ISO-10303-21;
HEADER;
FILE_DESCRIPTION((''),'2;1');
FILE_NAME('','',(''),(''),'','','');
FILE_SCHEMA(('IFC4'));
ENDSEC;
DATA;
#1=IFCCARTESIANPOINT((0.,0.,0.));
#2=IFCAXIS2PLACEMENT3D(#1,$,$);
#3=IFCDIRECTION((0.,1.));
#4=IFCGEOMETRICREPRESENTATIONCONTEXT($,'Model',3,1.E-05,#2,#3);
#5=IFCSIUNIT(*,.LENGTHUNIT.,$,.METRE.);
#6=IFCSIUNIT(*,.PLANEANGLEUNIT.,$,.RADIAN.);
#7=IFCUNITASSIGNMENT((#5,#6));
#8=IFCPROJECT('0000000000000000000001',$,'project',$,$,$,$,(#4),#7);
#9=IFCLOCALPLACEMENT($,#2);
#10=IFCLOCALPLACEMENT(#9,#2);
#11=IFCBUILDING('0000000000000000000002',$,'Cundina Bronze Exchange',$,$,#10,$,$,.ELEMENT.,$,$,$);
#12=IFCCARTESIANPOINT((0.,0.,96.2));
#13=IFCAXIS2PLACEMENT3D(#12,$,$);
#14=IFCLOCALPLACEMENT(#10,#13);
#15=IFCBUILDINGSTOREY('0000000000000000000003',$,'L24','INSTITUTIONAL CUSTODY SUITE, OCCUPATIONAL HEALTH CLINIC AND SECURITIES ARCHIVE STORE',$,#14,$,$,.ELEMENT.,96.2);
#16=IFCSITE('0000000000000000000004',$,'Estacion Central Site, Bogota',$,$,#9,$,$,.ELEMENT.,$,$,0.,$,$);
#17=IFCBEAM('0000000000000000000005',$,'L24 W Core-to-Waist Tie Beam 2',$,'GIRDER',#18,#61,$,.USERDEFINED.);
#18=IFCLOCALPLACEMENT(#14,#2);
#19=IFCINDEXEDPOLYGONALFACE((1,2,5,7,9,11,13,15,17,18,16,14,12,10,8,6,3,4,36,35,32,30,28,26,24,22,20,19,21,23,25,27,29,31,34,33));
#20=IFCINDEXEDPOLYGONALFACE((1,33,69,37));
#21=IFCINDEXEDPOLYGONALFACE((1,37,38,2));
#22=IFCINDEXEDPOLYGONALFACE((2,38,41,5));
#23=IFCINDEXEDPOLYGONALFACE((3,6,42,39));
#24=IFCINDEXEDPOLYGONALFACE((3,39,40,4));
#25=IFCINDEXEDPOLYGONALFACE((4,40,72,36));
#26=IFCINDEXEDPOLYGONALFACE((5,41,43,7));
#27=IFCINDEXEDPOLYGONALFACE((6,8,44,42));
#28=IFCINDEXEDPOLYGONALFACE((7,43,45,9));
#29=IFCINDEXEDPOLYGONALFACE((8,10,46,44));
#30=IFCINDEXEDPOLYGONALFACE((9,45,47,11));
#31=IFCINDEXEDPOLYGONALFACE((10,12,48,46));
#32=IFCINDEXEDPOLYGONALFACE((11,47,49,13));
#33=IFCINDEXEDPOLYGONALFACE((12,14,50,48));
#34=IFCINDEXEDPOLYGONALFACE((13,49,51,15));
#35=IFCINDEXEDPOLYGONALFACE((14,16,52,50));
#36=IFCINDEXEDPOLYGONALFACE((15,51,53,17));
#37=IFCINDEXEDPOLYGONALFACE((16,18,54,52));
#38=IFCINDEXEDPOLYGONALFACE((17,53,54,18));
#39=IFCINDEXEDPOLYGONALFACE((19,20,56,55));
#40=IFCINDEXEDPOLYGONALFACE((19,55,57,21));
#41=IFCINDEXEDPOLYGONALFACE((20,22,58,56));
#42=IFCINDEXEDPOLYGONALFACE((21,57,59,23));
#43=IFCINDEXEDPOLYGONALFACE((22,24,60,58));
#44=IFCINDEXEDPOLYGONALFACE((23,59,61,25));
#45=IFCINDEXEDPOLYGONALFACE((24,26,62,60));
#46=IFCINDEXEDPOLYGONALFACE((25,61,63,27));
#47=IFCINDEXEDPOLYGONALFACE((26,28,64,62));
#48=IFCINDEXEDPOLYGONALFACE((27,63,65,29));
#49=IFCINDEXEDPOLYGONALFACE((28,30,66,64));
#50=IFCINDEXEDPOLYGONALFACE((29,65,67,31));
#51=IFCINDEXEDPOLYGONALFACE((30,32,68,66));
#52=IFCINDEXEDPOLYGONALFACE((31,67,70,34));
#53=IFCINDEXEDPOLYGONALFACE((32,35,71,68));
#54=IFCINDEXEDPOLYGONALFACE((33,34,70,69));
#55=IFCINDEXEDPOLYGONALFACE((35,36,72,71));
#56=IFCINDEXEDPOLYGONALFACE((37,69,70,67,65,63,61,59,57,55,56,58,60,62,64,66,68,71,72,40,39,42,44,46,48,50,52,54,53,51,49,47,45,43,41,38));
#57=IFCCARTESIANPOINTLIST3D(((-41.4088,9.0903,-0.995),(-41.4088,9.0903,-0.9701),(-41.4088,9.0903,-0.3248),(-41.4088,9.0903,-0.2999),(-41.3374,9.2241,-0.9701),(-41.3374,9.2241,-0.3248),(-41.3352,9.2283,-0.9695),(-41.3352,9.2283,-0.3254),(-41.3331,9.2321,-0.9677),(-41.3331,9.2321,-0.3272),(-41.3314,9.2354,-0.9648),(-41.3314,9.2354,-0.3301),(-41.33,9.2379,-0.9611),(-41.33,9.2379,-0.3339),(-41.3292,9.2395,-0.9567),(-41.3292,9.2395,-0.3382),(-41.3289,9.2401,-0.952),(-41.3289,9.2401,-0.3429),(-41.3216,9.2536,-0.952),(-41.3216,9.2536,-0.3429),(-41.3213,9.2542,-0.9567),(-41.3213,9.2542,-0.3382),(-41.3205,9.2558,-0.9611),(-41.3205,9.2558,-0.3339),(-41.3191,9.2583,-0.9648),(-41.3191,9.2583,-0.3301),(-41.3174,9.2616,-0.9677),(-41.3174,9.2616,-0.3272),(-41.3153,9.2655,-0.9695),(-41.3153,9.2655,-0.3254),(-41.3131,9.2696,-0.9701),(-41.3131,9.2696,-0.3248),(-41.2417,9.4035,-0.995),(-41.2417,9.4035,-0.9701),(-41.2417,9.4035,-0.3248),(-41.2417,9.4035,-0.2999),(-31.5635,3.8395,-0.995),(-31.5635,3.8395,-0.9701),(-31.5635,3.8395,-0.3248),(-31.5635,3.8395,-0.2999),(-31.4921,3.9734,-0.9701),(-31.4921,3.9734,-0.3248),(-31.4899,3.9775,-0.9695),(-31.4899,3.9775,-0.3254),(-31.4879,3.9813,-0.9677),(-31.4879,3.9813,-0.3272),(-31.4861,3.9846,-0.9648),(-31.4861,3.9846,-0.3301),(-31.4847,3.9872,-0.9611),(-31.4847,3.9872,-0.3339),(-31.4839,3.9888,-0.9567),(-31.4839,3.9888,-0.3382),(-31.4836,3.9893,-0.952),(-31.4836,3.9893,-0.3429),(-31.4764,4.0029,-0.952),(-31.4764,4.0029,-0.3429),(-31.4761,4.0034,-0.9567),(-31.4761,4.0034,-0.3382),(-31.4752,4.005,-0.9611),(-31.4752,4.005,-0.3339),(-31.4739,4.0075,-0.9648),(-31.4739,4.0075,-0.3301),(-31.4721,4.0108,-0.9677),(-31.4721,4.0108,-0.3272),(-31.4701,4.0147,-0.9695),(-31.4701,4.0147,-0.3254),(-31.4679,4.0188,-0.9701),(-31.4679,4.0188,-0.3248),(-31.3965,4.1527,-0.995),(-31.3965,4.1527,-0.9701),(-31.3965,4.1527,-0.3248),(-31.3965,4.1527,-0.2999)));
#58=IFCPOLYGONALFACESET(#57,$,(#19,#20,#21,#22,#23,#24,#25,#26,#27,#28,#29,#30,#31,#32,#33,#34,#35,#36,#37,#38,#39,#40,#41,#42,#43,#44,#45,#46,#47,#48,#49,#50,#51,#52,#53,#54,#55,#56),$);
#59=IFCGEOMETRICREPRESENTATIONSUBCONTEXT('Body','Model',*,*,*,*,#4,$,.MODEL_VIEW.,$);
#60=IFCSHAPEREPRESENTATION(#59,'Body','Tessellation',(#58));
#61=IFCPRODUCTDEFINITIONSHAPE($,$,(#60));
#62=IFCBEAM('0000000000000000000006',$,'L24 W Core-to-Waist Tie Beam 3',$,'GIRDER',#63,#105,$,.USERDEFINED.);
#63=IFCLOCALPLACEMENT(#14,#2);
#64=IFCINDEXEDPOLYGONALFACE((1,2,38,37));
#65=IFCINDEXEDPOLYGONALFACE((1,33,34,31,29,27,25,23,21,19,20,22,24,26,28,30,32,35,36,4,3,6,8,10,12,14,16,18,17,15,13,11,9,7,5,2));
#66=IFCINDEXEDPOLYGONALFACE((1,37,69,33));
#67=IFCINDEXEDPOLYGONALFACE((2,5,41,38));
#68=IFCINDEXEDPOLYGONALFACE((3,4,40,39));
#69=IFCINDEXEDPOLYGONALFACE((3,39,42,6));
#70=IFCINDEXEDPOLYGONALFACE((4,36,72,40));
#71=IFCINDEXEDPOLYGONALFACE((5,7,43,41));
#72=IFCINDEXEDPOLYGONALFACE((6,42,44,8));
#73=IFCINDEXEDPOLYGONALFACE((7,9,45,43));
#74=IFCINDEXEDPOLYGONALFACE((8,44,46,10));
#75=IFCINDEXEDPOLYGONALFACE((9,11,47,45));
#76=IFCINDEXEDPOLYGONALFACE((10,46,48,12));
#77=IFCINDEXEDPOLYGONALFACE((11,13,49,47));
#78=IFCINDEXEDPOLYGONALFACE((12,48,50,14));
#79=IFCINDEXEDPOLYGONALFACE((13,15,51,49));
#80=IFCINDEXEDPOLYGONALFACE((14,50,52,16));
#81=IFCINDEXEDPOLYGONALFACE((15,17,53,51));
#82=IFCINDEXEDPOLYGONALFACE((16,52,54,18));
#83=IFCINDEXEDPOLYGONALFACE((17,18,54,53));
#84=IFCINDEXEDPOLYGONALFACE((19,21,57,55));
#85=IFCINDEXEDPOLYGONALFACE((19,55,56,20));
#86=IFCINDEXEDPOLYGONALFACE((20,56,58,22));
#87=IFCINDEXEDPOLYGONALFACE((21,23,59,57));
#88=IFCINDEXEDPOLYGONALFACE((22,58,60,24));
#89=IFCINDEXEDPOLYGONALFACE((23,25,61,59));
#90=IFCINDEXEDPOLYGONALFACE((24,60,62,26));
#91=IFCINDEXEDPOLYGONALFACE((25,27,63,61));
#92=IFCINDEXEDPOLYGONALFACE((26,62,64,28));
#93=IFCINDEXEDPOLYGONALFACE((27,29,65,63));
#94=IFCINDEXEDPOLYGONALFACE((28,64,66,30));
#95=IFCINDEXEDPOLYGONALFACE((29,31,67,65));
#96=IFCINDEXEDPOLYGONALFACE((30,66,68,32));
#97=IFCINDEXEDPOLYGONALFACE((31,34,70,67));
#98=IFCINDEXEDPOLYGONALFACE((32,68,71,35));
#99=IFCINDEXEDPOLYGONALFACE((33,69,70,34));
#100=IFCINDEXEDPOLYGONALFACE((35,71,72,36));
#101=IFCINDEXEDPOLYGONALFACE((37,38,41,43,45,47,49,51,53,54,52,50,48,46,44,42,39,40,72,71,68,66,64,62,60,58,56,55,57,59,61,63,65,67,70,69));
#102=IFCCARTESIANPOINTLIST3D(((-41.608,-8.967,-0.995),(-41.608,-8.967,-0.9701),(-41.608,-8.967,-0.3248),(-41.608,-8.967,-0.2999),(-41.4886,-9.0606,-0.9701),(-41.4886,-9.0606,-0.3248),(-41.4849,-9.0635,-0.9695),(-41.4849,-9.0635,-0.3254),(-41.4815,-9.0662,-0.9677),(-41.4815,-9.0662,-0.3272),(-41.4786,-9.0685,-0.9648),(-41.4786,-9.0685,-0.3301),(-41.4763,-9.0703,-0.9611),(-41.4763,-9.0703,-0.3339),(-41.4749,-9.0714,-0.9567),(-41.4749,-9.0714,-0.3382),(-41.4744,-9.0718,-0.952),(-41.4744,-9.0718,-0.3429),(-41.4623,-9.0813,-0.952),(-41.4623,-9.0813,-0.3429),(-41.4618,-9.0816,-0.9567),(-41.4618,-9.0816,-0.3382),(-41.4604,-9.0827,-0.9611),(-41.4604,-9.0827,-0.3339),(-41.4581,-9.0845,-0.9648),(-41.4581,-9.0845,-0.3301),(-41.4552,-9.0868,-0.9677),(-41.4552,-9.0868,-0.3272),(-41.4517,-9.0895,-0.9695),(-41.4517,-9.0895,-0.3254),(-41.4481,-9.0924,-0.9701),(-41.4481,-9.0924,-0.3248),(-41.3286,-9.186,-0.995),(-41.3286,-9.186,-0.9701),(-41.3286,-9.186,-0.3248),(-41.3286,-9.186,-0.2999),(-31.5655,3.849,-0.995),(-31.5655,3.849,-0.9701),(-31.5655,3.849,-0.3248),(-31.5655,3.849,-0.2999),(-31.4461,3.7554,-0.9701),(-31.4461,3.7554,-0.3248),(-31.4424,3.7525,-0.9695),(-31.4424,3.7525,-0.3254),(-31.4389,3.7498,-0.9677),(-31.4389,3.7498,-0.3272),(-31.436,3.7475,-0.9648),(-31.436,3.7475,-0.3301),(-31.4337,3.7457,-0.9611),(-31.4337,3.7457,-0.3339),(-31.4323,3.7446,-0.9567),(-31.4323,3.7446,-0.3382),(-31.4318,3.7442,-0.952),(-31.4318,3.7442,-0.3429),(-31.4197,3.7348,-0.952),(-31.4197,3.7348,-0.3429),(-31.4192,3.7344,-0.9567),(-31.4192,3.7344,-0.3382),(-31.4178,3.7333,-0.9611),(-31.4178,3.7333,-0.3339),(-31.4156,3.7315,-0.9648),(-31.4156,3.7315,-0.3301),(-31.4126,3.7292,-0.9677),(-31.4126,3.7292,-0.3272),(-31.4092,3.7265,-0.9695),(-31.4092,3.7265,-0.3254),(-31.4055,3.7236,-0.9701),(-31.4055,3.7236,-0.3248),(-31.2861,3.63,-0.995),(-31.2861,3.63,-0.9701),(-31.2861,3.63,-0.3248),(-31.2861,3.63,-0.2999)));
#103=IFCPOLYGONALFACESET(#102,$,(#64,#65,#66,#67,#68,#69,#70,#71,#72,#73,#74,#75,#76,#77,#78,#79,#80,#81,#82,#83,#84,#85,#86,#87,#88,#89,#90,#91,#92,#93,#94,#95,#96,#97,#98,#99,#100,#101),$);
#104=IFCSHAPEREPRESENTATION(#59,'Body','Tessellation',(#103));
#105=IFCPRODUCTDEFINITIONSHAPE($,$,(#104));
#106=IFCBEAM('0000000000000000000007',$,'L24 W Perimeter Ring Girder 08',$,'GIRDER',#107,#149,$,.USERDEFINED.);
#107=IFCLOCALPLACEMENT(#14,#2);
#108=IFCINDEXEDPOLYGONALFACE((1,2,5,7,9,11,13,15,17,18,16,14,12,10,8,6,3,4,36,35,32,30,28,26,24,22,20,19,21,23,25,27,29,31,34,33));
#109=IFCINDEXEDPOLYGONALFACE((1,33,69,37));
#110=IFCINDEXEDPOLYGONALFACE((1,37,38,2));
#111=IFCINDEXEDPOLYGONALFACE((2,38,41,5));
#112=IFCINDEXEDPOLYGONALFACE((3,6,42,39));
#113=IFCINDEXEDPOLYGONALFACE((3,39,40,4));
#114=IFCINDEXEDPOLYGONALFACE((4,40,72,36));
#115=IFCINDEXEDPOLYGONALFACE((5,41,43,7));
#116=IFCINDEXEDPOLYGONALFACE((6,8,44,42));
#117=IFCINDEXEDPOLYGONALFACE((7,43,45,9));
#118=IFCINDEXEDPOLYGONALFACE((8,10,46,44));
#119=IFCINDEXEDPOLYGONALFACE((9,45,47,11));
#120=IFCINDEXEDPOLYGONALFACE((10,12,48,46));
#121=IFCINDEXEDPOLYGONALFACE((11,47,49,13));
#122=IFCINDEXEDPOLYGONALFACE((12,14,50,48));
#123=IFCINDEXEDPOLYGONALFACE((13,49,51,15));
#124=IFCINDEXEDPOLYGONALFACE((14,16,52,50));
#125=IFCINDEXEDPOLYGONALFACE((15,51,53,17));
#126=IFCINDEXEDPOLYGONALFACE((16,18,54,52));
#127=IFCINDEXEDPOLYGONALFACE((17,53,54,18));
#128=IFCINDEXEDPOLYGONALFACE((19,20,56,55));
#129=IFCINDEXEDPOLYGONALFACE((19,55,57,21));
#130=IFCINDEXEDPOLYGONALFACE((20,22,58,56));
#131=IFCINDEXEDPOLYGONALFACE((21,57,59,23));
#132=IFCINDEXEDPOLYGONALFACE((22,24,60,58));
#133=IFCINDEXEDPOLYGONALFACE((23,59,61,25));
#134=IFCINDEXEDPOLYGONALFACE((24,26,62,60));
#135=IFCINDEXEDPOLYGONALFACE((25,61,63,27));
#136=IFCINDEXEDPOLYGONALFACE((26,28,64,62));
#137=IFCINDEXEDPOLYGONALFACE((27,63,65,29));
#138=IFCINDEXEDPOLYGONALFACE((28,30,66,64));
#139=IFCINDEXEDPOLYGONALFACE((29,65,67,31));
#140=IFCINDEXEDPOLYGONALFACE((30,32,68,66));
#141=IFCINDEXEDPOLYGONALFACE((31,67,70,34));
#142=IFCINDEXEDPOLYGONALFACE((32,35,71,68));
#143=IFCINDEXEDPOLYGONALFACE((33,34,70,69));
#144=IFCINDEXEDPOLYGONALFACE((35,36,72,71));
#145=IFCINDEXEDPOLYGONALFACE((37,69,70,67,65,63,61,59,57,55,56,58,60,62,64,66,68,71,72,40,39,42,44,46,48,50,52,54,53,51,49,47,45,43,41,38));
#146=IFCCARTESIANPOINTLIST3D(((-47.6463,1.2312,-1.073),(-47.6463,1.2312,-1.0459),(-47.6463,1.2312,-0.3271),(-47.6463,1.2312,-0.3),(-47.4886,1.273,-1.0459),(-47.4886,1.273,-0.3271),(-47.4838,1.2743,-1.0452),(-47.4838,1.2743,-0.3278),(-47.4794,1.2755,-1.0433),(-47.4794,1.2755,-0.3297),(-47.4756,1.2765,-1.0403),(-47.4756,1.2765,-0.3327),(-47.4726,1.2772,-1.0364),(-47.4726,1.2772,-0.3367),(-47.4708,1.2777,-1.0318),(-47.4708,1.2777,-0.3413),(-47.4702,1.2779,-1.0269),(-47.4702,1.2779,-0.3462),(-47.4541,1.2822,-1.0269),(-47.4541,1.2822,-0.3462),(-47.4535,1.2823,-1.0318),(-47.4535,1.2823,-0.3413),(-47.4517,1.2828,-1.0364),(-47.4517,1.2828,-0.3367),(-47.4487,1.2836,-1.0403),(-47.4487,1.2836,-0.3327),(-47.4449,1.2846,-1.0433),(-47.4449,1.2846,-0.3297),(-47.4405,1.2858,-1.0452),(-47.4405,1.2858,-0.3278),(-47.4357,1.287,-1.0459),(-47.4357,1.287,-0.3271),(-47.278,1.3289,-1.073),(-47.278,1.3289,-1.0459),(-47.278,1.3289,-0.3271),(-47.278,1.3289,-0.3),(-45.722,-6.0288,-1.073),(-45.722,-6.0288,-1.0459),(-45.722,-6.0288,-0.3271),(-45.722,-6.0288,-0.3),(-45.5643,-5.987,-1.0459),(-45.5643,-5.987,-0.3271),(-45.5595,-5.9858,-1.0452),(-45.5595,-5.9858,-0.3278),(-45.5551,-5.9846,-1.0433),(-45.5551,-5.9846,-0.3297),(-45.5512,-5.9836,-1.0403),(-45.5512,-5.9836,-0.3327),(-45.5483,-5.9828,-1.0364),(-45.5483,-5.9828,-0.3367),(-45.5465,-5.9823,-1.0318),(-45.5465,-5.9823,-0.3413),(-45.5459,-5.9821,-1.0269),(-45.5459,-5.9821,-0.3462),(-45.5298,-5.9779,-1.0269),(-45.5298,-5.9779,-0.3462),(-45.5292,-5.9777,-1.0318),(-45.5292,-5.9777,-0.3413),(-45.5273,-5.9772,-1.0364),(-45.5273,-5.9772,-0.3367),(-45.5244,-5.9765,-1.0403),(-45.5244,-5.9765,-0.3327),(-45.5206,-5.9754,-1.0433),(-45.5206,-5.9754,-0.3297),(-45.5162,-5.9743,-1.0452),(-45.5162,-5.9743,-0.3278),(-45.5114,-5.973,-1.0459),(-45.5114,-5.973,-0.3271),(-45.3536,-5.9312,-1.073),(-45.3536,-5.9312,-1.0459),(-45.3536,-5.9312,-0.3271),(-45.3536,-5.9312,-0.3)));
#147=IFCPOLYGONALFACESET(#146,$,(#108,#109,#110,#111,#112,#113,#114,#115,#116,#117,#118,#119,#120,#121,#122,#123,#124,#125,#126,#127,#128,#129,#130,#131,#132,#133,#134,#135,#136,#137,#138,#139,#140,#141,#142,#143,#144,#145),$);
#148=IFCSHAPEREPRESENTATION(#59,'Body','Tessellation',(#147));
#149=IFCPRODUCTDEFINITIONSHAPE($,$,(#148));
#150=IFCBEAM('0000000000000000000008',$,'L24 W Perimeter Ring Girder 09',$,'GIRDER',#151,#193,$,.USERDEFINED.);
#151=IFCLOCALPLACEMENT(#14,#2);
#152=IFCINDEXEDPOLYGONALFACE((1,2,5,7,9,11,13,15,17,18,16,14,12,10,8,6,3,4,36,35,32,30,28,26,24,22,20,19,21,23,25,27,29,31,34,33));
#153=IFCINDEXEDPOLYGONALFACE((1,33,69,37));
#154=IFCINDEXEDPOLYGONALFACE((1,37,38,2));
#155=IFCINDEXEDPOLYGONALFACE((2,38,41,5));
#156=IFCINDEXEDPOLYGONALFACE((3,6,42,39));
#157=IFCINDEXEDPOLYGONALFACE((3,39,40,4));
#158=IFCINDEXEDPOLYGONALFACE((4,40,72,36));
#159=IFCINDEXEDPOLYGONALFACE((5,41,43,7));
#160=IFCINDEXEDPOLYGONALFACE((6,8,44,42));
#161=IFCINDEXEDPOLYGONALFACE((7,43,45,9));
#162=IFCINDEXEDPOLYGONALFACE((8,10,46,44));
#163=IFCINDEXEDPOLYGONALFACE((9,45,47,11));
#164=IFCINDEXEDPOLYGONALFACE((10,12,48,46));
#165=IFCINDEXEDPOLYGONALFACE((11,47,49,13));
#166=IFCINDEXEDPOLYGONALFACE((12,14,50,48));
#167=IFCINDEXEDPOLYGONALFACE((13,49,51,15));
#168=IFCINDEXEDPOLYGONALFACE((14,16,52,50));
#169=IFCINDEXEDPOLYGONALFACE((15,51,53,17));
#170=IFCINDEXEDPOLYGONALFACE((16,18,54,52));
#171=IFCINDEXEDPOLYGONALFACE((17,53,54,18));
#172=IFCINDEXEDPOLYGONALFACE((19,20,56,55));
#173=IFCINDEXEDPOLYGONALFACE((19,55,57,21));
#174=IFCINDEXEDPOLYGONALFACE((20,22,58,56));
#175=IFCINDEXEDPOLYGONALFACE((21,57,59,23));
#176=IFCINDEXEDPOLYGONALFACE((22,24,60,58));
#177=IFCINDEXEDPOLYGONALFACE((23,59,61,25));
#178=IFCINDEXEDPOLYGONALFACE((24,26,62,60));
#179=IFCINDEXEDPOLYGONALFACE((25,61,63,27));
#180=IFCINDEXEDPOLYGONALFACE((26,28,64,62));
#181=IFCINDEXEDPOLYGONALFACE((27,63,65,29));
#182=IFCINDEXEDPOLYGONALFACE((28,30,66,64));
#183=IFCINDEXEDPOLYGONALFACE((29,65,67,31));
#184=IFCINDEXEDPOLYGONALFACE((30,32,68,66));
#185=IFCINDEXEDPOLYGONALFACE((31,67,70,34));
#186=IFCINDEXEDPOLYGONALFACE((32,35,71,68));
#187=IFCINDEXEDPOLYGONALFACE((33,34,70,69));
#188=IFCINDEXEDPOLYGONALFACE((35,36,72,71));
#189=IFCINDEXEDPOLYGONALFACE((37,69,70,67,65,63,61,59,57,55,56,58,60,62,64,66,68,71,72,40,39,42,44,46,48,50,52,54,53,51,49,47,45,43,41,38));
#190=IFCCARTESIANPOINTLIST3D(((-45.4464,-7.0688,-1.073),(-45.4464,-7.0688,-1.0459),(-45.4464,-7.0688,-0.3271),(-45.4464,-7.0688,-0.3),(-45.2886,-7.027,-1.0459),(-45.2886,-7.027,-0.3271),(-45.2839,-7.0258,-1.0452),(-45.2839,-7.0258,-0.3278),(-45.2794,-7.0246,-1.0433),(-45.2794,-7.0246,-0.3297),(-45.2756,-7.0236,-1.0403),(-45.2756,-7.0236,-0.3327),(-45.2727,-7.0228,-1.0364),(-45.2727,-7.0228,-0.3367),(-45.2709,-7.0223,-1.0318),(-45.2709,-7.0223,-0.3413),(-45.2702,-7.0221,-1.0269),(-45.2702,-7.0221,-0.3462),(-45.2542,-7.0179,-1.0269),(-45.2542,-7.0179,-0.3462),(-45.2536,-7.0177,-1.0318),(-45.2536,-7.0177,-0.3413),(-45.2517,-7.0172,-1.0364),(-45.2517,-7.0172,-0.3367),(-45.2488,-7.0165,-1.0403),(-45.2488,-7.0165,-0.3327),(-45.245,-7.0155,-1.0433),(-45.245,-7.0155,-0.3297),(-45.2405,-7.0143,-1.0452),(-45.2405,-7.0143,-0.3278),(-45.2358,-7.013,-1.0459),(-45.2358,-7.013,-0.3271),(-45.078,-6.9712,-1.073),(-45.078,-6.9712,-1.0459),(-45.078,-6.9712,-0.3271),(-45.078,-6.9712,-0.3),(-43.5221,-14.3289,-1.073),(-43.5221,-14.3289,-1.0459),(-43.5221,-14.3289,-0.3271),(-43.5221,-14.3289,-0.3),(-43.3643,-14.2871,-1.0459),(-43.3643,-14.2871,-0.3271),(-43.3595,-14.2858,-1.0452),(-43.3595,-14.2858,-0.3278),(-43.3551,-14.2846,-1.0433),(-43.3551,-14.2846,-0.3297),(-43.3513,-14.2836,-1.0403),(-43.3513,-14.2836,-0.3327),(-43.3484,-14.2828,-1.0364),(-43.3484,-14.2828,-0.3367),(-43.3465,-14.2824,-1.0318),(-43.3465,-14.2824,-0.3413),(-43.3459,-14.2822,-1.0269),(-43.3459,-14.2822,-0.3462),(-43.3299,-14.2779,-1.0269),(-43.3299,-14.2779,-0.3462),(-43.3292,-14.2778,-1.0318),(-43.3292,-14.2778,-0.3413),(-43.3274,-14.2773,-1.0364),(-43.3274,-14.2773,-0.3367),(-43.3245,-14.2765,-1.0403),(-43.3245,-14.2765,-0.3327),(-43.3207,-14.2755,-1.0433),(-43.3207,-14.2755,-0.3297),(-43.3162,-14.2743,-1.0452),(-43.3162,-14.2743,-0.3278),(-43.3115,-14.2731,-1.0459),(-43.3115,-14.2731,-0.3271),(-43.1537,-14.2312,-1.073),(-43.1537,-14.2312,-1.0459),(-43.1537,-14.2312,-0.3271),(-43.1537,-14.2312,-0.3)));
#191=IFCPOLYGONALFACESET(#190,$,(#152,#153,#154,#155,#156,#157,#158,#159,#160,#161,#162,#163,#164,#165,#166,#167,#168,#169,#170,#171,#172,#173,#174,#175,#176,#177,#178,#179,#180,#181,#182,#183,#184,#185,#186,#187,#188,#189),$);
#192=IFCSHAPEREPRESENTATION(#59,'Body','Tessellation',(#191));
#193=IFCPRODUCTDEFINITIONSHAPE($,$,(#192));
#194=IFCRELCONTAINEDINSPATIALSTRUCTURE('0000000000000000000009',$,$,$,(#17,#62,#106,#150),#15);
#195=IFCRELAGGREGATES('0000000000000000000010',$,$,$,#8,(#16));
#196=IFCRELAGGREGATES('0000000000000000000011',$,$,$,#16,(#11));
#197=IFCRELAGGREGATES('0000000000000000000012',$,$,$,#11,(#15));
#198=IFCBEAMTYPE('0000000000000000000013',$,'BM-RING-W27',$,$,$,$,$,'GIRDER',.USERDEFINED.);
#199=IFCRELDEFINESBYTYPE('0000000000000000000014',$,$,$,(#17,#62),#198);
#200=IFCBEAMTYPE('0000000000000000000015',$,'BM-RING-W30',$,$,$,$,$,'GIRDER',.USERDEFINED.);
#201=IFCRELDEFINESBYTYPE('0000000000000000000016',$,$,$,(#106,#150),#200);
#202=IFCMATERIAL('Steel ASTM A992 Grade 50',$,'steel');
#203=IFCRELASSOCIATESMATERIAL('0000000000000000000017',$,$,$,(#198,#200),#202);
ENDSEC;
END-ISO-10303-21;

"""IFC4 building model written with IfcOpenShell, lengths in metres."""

from ifc_helpers import new_model, si_unit, direction, frame, origin, origin_2d, place, context, subcontext, project, spatial, i_section, extrude, material, material_profile, profile_set, type_object, element, save


model = new_model("IFC4")

# Units and contexts
model_context = context("Model", 3, precision=1e-05, world=origin(), true_north=direction((0.0, 1.0)))
body_context = subcontext(model_context, "Body", "Model", "MODEL_VIEW")
ifc_project = project(units=[si_unit("LENGTHUNIT", "METRE"), si_unit("PLANEANGLEUNIT", "RADIAN")], contexts=[model_context])

# Site, building, storey
site_placement = place(None, origin())
site = spatial("IfcSite", under=ifc_project, at=site_placement, Name="Estacion Central Site, Bogota", CompositionType="ELEMENT", RefElevation=0.0)
building_placement = place(site_placement, origin())
building = spatial("IfcBuilding", under=site, at=building_placement, Name="Cundina Bronze Exchange", CompositionType="ELEMENT")
storey_placement = place(building_placement, frame((0.0, 0.0, 96.2)))
storey = spatial("IfcBuildingStorey", under=building, at=storey_placement, Name="L24", Description="INSTITUTIONAL CUSTODY SUITE, OCCUPATIONAL HEALTH CLINIC AND SECURITIES ARCHIVE STORE", CompositionType="ELEMENT", Elevation=96.2)

# Shared definitions
ifc_material_1 = material(Name="Steel ASTM A992 Grade 50", Category="steel")

# Beams
ifc_material_profile_1 = material_profile(ifc_material_1, i_section(OverallWidth=0.355, OverallDepth=0.6951, WebThickness=0.0154, FlangeThickness=0.0249, FilletRadius=0.0181, at=origin_2d()), Name="W27X146", Category="steel")
ifc_profile_set_1 = profile_set([ifc_material_profile_1], Name="Steel ASTM A992 Grade 50")
beam_type_1 = type_object("IfcBeamType", Name="BM-RING-W27", ElementType="GIRDER", PredefinedType="USERDEFINED", material=ifc_profile_set_1)
beam_1_placement = place(storey_placement, frame((-31.48, 3.9961, -0.6475), z_axis=(-0.882355, 0.470585, 0.0), x_axis=(-0.470585, -0.882355, 0.0)))
element("IfcBeam", 1, at=beam_1_placement, inside=storey, type_object=beam_type_1, Name="L24 W Core-to-Waist Tie Beam 2", ObjectType="GIRDER", PredefinedType="USERDEFINED", context=body_context, shape_type="SweptSolid", body=[
    extrude(i_section(OverallWidth=0.355, OverallDepth=0.6951, WebThickness=0.0154, FlangeThickness=0.0249, FilletRadius=0.0181, at=origin_2d()), origin(), (0.0, 0.0, 1.0), 11.158),
])
beam_2_placement = place(storey_placement, frame((-31.4258, 3.7395, -0.6475), z_axis=(-0.616789, -0.787128, 0.0), x_axis=(0.787128, -0.616789, 0.0)))
element("IfcBeam", 2, at=beam_2_placement, inside=storey, type_object=beam_type_1, Name="L24 W Core-to-Waist Tie Beam 3", ObjectType="GIRDER", PredefinedType="USERDEFINED", context=body_context, shape_type="SweptSolid", body=[
    extrude(i_section(OverallWidth=0.355, OverallDepth=0.6951, WebThickness=0.0154, FlangeThickness=0.0249, FilletRadius=0.0181, at=origin_2d()), origin(), (0.0, 0.0, 1.0), 16.282),
])
ifc_material_profile_2 = material_profile(ifc_material_1, i_section(OverallWidth=0.3811, OverallDepth=0.7729, WebThickness=0.0166, FlangeThickness=0.0271, FilletRadius=0.019, at=origin_2d()), Name="W30X173", Category="steel")
ifc_profile_set_2 = profile_set([ifc_material_profile_2], Name="Steel ASTM A992 Grade 50")
beam_type_2 = type_object("IfcBeamType", Name="BM-RING-W30", ElementType="GIRDER", PredefinedType="USERDEFINED", material=ifc_profile_set_2)
for number, where, z_axis, x_axis, name in (
    (3, (-47.4622, 1.28, -0.6865), (0.25621, -0.966621, 0.0), (0.966621, 0.25621, 0.0), "L24 W Perimeter Ring Girder 08"),
    (4, (-45.2622, -7.02, -0.6865), (0.25621, -0.966621, 0.0), (0.966621, 0.25621, 0.0), "L24 W Perimeter Ring Girder 09"),
):
    element("IfcBeam", number, at=place(storey_placement, frame(where, z_axis=z_axis, x_axis=x_axis)), inside=storey, type_object=beam_type_2, Name=name, ObjectType="GIRDER", PredefinedType="USERDEFINED", context=body_context, shape_type="SweptSolid", body=[
        extrude(i_section(OverallWidth=0.3811, OverallDepth=0.7729, WebThickness=0.0166, FlangeThickness=0.0271, FilletRadius=0.019, at=origin_2d()), origin(), (0.0, 0.0, 1.0), 7.5107),
    ])

save(model, "model.ifc")
